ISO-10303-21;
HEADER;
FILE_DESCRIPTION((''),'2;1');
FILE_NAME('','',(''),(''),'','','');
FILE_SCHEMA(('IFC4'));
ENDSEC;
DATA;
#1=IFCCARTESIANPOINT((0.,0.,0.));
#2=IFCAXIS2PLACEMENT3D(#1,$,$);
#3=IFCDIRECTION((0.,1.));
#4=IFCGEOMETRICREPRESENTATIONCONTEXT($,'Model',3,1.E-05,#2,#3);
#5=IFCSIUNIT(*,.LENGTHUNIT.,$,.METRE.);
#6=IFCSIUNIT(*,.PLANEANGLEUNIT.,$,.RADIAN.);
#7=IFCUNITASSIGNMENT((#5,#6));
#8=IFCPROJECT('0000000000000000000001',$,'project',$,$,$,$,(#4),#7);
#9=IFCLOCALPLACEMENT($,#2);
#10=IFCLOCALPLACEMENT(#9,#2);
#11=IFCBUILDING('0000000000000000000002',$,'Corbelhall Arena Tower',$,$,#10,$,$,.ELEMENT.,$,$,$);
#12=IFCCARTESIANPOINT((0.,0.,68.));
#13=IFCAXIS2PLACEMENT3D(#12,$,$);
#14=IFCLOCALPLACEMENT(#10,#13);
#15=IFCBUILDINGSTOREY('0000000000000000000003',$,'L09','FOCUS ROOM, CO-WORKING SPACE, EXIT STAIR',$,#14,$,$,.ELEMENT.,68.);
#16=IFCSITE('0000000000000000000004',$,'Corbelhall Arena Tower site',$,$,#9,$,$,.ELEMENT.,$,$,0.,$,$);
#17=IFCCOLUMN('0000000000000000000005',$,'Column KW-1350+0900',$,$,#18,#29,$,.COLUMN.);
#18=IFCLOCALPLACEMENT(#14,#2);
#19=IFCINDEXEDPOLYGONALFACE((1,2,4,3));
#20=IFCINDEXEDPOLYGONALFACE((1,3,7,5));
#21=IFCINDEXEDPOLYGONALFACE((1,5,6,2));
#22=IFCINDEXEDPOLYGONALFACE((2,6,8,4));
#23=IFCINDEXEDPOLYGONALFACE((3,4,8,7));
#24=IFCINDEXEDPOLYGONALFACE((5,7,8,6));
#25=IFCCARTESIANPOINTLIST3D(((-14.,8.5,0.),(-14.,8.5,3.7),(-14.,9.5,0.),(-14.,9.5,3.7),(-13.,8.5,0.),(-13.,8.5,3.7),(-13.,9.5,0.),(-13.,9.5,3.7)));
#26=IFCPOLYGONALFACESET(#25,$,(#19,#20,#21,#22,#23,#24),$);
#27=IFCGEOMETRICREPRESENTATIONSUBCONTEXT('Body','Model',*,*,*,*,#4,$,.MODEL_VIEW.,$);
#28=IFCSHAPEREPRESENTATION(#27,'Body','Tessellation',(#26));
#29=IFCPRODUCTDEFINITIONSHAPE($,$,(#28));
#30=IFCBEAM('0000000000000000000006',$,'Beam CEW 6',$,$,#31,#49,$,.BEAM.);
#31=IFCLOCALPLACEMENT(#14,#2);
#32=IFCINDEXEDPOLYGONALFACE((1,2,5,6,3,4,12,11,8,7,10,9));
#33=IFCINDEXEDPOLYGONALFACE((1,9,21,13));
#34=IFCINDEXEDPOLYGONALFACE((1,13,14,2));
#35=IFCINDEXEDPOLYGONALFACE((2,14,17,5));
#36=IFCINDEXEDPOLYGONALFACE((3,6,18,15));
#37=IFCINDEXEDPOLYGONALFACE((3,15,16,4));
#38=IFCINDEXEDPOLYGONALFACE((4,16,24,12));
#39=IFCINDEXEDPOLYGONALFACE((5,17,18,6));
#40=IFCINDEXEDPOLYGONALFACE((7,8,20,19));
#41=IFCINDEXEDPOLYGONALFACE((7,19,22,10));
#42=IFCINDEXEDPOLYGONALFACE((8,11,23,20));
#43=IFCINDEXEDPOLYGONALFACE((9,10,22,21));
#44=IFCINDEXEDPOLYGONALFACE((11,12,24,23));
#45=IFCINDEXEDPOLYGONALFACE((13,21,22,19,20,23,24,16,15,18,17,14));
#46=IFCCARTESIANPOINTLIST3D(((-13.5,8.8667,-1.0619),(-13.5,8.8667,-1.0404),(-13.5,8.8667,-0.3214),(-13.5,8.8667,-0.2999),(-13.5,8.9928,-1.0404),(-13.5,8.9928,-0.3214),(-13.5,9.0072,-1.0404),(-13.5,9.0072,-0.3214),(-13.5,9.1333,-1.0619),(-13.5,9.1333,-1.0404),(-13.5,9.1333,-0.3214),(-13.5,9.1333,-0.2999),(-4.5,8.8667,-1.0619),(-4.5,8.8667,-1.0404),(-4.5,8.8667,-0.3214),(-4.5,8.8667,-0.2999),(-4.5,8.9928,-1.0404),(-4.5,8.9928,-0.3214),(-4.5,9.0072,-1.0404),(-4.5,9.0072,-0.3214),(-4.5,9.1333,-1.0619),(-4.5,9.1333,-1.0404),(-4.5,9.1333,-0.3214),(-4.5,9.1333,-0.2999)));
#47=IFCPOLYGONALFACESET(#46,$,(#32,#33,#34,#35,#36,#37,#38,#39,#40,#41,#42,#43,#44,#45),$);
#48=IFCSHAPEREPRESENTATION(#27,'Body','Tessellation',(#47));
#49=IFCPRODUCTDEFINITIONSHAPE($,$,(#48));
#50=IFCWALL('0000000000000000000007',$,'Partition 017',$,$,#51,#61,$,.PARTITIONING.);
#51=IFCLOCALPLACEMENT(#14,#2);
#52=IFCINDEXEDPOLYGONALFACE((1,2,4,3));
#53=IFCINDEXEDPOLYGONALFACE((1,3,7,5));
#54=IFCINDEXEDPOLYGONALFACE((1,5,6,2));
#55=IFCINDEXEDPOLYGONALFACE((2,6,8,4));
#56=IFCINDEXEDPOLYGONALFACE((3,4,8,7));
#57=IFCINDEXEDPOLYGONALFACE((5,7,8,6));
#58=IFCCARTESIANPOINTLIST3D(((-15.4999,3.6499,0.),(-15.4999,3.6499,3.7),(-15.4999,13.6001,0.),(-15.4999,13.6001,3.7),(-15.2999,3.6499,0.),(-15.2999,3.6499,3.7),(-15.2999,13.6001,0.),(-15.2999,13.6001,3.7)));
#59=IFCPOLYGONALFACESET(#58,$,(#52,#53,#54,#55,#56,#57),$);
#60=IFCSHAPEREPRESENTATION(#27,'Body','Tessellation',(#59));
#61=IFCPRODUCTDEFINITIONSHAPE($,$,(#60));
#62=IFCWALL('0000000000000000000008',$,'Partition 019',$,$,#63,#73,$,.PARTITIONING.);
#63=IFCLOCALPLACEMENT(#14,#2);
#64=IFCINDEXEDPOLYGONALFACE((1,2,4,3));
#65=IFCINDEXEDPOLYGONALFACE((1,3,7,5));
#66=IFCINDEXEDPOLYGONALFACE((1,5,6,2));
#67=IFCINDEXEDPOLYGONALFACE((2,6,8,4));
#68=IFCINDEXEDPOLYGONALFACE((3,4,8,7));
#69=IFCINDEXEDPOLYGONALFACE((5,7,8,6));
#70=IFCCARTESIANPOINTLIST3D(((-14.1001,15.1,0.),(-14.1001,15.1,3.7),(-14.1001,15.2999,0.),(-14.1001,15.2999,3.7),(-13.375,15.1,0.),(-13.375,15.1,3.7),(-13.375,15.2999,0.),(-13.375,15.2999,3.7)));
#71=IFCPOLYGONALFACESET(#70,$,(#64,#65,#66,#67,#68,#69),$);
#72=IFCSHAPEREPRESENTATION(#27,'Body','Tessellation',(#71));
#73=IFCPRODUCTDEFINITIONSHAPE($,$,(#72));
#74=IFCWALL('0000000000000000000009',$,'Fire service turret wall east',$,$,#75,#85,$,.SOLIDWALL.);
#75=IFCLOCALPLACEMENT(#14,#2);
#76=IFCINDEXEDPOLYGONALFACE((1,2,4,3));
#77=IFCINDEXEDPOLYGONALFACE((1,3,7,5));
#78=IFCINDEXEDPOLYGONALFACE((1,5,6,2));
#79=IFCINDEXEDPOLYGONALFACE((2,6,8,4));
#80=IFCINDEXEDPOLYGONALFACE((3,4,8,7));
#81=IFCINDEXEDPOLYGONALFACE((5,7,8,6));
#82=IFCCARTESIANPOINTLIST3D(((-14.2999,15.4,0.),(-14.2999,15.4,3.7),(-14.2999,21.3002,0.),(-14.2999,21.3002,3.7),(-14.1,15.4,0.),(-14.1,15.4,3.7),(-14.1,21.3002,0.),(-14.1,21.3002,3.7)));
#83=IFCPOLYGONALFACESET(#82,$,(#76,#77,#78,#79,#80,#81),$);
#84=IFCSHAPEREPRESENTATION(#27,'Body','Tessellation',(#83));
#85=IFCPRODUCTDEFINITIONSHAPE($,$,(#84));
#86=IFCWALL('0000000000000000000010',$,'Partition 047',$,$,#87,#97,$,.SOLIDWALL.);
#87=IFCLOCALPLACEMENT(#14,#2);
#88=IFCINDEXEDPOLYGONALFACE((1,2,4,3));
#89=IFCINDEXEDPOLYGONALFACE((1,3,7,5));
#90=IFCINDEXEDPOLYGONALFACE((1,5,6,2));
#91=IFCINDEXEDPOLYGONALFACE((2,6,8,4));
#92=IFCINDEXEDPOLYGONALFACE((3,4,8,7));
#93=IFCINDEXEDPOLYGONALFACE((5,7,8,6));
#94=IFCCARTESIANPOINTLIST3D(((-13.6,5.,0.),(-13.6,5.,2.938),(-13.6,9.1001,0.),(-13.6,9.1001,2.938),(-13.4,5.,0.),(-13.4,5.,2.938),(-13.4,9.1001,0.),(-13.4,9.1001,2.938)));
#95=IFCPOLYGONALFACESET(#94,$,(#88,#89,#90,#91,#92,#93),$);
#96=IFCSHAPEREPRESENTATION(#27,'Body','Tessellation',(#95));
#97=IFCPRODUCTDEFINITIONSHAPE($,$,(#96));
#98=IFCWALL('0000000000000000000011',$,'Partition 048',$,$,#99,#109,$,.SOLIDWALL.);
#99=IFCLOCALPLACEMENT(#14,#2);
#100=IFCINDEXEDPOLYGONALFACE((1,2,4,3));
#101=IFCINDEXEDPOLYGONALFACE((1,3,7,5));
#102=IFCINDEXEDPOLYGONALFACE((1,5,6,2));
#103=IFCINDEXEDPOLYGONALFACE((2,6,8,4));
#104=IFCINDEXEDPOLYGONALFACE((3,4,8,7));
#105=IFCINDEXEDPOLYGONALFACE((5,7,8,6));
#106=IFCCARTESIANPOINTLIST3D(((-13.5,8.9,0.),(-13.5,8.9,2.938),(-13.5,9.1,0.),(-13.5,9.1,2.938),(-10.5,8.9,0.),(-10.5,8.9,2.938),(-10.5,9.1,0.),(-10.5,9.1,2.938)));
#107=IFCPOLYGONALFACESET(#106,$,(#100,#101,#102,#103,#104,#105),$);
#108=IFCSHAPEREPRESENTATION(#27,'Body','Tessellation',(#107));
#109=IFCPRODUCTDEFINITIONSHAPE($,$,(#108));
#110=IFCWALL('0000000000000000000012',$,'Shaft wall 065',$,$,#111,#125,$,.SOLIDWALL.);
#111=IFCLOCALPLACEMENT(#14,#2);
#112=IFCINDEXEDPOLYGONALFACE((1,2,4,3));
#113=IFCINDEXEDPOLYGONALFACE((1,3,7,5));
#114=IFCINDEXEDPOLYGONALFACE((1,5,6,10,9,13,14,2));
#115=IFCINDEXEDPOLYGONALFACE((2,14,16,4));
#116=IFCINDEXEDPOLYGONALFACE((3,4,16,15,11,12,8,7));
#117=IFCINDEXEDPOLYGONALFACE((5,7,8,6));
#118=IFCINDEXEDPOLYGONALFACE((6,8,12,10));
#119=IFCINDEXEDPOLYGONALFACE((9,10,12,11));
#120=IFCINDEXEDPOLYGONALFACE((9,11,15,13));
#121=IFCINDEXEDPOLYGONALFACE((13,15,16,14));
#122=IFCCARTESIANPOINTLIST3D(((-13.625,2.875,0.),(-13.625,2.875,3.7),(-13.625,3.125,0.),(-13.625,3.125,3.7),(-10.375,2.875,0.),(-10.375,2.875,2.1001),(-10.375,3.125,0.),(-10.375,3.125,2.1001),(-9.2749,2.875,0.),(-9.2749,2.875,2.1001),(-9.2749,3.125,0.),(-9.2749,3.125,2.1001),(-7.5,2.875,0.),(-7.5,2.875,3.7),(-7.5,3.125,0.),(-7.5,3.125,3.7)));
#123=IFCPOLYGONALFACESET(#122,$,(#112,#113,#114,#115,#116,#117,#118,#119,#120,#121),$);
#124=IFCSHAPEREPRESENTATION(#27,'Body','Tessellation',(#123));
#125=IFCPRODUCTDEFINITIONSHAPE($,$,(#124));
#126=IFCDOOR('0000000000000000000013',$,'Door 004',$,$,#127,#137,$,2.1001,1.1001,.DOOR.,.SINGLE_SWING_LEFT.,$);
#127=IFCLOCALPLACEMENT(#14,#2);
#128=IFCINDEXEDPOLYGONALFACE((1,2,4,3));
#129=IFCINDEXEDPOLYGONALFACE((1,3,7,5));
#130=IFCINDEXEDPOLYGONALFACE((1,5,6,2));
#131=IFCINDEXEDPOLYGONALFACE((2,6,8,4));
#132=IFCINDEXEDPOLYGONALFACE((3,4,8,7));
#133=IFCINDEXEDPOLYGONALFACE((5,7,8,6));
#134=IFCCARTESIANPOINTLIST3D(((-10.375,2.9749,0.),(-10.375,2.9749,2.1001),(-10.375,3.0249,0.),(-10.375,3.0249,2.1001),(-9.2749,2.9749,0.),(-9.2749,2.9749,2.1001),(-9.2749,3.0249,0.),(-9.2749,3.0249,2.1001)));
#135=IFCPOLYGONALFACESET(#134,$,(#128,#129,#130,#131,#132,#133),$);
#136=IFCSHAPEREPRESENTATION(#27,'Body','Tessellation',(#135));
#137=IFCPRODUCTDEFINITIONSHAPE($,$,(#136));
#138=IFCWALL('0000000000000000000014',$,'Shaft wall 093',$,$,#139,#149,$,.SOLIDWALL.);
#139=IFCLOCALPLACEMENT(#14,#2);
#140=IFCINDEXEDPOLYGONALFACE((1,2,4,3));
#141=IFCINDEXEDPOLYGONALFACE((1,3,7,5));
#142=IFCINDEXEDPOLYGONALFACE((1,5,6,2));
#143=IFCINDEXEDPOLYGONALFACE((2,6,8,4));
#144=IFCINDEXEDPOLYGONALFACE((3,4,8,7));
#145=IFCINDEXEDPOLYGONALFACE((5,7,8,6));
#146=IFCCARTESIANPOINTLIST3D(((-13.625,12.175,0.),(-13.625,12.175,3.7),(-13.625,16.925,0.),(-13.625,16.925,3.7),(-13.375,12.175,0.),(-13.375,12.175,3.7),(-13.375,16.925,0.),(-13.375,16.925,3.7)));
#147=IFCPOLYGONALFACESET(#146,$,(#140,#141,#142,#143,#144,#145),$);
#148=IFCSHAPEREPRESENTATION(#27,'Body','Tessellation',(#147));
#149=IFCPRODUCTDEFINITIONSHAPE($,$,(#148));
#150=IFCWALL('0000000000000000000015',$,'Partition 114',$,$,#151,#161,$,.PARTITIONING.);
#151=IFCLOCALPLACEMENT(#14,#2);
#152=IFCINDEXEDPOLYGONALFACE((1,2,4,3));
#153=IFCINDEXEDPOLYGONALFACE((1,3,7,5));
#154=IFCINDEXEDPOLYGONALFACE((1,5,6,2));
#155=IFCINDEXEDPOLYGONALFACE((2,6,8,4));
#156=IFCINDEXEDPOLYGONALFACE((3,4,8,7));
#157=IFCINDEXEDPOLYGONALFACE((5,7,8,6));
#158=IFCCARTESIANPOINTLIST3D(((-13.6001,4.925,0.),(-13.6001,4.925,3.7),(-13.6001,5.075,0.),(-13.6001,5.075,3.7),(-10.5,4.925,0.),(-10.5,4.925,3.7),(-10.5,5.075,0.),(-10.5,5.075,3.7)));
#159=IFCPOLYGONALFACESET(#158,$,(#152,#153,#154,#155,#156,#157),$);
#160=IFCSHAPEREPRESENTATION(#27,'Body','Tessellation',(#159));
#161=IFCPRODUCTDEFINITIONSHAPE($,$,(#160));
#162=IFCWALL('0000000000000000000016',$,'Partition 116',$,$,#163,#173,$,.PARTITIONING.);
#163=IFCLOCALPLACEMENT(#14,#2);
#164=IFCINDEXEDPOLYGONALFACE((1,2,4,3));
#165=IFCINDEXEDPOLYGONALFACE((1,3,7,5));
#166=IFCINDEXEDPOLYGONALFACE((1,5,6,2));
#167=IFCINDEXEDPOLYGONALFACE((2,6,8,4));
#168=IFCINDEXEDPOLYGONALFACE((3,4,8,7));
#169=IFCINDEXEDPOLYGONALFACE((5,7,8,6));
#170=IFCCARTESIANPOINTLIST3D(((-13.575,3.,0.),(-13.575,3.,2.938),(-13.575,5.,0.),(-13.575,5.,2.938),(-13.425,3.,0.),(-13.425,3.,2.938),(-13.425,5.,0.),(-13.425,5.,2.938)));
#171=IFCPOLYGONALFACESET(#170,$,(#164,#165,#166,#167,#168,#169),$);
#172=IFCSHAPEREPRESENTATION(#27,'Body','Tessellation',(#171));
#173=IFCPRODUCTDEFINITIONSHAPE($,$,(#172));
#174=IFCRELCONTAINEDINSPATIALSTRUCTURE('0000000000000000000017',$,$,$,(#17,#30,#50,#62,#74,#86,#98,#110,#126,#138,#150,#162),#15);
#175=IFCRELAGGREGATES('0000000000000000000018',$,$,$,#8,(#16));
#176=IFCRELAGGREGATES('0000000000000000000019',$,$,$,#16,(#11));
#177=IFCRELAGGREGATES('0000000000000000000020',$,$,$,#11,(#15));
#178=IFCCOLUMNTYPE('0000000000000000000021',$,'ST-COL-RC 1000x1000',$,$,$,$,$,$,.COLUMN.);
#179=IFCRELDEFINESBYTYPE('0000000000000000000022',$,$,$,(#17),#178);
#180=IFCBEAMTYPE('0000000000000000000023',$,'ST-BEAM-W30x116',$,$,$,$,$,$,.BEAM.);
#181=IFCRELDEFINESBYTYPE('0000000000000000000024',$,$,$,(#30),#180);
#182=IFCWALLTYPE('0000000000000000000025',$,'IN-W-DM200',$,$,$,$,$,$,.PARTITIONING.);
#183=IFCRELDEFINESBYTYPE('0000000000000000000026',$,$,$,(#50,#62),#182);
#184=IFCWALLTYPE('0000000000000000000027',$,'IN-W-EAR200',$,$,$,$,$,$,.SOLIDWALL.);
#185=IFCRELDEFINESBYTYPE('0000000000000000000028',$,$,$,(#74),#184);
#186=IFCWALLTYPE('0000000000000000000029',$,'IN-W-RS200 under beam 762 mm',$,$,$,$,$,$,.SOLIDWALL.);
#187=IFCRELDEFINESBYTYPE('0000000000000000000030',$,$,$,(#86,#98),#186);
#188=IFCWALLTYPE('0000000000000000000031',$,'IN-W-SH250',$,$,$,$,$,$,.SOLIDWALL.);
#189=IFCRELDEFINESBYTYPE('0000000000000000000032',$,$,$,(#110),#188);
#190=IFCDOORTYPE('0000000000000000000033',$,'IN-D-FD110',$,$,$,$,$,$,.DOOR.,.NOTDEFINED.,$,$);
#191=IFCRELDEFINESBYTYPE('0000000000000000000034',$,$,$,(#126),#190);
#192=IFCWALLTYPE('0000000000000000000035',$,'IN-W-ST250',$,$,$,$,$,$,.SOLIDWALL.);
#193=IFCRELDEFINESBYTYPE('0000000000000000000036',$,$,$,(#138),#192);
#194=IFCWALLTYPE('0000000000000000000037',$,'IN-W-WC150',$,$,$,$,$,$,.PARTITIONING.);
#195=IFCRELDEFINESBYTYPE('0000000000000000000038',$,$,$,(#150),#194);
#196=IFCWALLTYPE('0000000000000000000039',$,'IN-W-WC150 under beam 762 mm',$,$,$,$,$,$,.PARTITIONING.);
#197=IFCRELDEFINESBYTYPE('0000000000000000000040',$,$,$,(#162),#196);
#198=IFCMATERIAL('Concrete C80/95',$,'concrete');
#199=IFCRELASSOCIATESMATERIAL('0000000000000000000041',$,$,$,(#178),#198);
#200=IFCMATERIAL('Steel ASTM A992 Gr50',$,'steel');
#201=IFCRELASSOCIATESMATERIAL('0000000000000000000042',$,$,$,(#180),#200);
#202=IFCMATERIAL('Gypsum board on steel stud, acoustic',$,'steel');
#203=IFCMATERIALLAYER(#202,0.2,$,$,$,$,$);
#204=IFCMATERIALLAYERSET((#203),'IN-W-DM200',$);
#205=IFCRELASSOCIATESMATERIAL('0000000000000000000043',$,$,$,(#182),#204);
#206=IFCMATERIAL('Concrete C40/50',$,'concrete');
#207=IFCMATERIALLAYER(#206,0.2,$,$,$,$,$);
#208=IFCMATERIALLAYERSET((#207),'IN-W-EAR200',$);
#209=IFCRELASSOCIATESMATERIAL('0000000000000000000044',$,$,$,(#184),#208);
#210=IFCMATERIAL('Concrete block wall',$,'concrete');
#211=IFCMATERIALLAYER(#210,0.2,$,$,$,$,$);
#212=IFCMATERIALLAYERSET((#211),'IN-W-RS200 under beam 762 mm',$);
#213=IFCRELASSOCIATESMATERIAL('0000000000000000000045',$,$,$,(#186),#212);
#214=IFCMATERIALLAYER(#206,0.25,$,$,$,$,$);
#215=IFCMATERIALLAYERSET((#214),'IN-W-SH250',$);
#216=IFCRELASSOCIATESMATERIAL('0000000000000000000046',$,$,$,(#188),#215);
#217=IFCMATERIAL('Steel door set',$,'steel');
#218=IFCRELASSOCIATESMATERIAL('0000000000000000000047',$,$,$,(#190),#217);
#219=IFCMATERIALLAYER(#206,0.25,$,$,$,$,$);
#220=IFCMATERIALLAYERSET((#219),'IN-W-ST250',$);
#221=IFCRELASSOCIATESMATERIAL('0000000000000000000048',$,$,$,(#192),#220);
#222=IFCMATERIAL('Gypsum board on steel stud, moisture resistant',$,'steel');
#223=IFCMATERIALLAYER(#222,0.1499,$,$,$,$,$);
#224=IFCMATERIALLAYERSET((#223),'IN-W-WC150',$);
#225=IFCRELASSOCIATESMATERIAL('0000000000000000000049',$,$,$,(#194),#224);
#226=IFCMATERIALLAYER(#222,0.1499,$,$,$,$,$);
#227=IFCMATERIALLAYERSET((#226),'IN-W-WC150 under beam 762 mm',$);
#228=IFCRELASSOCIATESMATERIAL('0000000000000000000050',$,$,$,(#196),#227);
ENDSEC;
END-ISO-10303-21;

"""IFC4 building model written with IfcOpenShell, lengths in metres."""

from ifc_helpers import new_model, si_unit, direction, frame, frame_2d, origin, origin_2d, place, context, subcontext, project, spatial, rectangle, i_section, extrude, material, layer, layer_set, material_profile, profile_set, type_object, element, fill, save


model = new_model("IFC4")

# Units and contexts
model_context = context("Model", 3, precision=1e-05, world=origin(), true_north=direction((0.0, 1.0)))
body_context = subcontext(model_context, "Body", "Model", "MODEL_VIEW")
ifc_project = project(units=[si_unit("LENGTHUNIT", "METRE"), si_unit("PLANEANGLEUNIT", "RADIAN")], contexts=[model_context])

# Site, building, storey
site_placement = place(None, origin())
site = spatial("IfcSite", under=ifc_project, at=site_placement, Name="Corbelhall Arena Tower site", CompositionType="ELEMENT", RefElevation=0.0)
building_placement = place(site_placement, origin())
building = spatial("IfcBuilding", under=site, at=building_placement, Name="Corbelhall Arena Tower", CompositionType="ELEMENT")
storey_placement = place(building_placement, frame((0.0, 0.0, 68.0)))
storey = spatial("IfcBuildingStorey", under=building, at=storey_placement, Name="L09", Description="FOCUS ROOM, CO-WORKING SPACE, EXIT STAIR", CompositionType="ELEMENT", Elevation=68.0)

# Column
ifc_material_1 = material(Name="Concrete C80/95", Category="concrete")
ifc_material_profile_1 = material_profile(ifc_material_1, rectangle(XDim=1.0, YDim=1.0, at=origin_2d()))
ifc_profile_set_1 = profile_set([ifc_material_profile_1], Name="Concrete C80/95")
column_type = type_object("IfcColumnType", Name="ST-COL-RC 1000x1000", PredefinedType="COLUMN", material=ifc_profile_set_1)
column_placement = place(storey_placement, frame((-13.5, 9.0, 0.0), z_axis=(0.0, 0.0, 1.0), x_axis=(1.0, 0.0, 0.0)))
element("IfcColumn", 1, at=column_placement, inside=storey, type_object=column_type, Name="Column KW-1350+0900", PredefinedType="COLUMN", context=body_context, shape_type="SweptSolid", body=[
    extrude(rectangle(XDim=1.0, YDim=1.0, at=origin_2d()), origin(), (0.0, 0.0, 1.0), 3.7),
])

# Beam
ifc_material_2 = material(Name="Steel ASTM A992 Gr50", Category="steel")
ifc_material_profile_2 = material_profile(ifc_material_2, i_section(OverallWidth=0.2666, OverallDepth=0.762, WebThickness=0.0144, FlangeThickness=0.0215, at=origin_2d()))
ifc_profile_set_2 = profile_set([ifc_material_profile_2], Name="Steel ASTM A992 Gr50")
beam_type = type_object("IfcBeamType", Name="ST-BEAM-W30x116", PredefinedType="BEAM", material=ifc_profile_set_2)
beam_placement = place(storey_placement, frame((-13.5, 9.0, -0.6809), z_axis=(1.0, 0.0, 0.0), x_axis=(0.0, 1.0, 0.0)))
element("IfcBeam", 2, at=beam_placement, inside=storey, type_object=beam_type, Name="Beam CEW 6", PredefinedType="BEAM", context=body_context, shape_type="SweptSolid", body=[
    extrude(i_section(OverallWidth=0.2666, OverallDepth=0.762, WebThickness=0.0144, FlangeThickness=0.0215, at=origin_2d()), origin(), (0.0, 0.0, 1.0), 9.0),
])

# Wall
ifc_material_3 = material(Name="Gypsum board on steel stud, acoustic", Category="steel")
ifc_layer_1 = layer(ifc_material_3, 0.2)
ifc_layer_set_1 = layer_set([ifc_layer_1], Name="IN-W-DM200")
wall_type_1 = type_object("IfcWallType", Name="IN-W-DM200", PredefinedType="PARTITIONING", material=ifc_layer_set_1)
wall_1_placement = place(storey_placement, frame((-15.3999, 3.6499, 0.0), z_axis=(0.0, 0.0, 1.0), x_axis=(0.0, 1.0, 0.0)))
element("IfcWall", 3, at=wall_1_placement, inside=storey, type_object=wall_type_1, Name="Partition 017", PredefinedType="PARTITIONING", context=body_context, shape_type="SweptSolid", body=[
    extrude(rectangle(XDim=9.9502, YDim=0.2, at=frame_2d((4.9751, 0.0))), origin(), (0.0, 0.0, 1.0), 3.7),
])

# Shared definitions
ifc_material_4 = material(Name="Steel door set", Category="steel")

# Walls
wall_2_placement = place(storey_placement, frame((-14.1001, 15.2, 0.0), z_axis=(0.0, 0.0, 1.0), x_axis=(1.0, 0.0, 0.0)))
element("IfcWall", 4, at=wall_2_placement, inside=storey, type_object=wall_type_1, Name="Partition 019", PredefinedType="PARTITIONING", context=body_context, shape_type="SweptSolid", body=[
    extrude(rectangle(XDim=0.7251, YDim=0.2, at=frame_2d((0.3625, 0.0))), origin(), (0.0, 0.0, 1.0), 3.7),
])
ifc_material_5 = material(Name="Concrete C40/50", Category="concrete")
ifc_layer_2 = layer(ifc_material_5, 0.2)
ifc_layer_set_2 = layer_set([ifc_layer_2], Name="IN-W-EAR200")
wall_type_2 = type_object("IfcWallType", Name="IN-W-EAR200", PredefinedType="SOLIDWALL", material=ifc_layer_set_2)
wall_3_placement = place(storey_placement, frame((-14.2, 15.3999, 0.0), z_axis=(0.0, 0.0, 1.0), x_axis=(0.0, 1.0, 0.0)))
element("IfcWall", 5, at=wall_3_placement, inside=storey, type_object=wall_type_2, Name="Fire service turret wall east", PredefinedType="SOLIDWALL", context=body_context, shape_type="SweptSolid", body=[
    extrude(rectangle(XDim=5.9001, YDim=0.2, at=frame_2d((2.9502, 0.0))), origin(), (0.0, 0.0, 1.0), 3.7),
])

# Walls
ifc_material_6 = material(Name="Concrete block wall", Category="concrete")
ifc_layer_3 = layer(ifc_material_6, 0.2)
ifc_layer_set_3 = layer_set([ifc_layer_3], Name="IN-W-RS200 under beam 762 mm")
wall_type_3 = type_object("IfcWallType", Name="IN-W-RS200 under beam 762 mm", PredefinedType="SOLIDWALL", material=ifc_layer_set_3)
wall_4_placement = place(storey_placement, frame((-13.5, 5.0, 0.0), z_axis=(0.0, 0.0, 1.0), x_axis=(0.0, 1.0, 0.0)))
element("IfcWall", 6, at=wall_4_placement, inside=storey, type_object=wall_type_3, Name="Partition 047", PredefinedType="SOLIDWALL", context=body_context, shape_type="SweptSolid", body=[
    extrude(rectangle(XDim=4.1001, YDim=0.2, at=frame_2d((2.05, 0.0))), origin(), (0.0, 0.0, 1.0), 2.938),
])
wall_5_placement = place(storey_placement, frame((-13.5, 9.0, 0.0), z_axis=(0.0, 0.0, 1.0), x_axis=(1.0, 0.0, 0.0)))
element("IfcWall", 7, at=wall_5_placement, inside=storey, type_object=wall_type_3, Name="Partition 048", PredefinedType="SOLIDWALL", context=body_context, shape_type="SweptSolid", body=[
    extrude(rectangle(XDim=3.0, YDim=0.2, at=frame_2d((1.5, 0.0))), origin(), (0.0, 0.0, 1.0), 2.938),
])

# Wall, opening, door
ifc_layer_4 = layer(ifc_material_5, 0.25)
ifc_layer_set_4 = layer_set([ifc_layer_4], Name="IN-W-SH250")
wall_type_4 = type_object("IfcWallType", Name="IN-W-SH250", PredefinedType="SOLIDWALL", material=ifc_layer_set_4)
wall_6_placement = place(storey_placement, frame((-13.625, 3.0, 0.0), z_axis=(0.0, 0.0, 1.0), x_axis=(1.0, 0.0, 0.0)))
wall_6 = element("IfcWall", 8, at=wall_6_placement, inside=storey, type_object=wall_type_4, Name="Shaft wall 065", PredefinedType="SOLIDWALL", context=body_context, shape_type="SweptSolid", body=[
    extrude(rectangle(XDim=6.125, YDim=0.25, at=frame_2d((3.0625, 0.0))), origin(), (0.0, 0.0, 1.0), 3.7),
])
opening_1_placement = place(wall_6_placement, frame((3.25, 0.0, 0.0)))
opening_1 = element("IfcOpeningElement", 9, at=opening_1_placement, cuts=wall_6, PredefinedType="OPENING", context=body_context, shape_type="SweptSolid", body=[
    extrude(rectangle(XDim=1.1001, YDim=2.1001, at=frame_2d((0.55, 1.05))), frame((0.0, 0.125, 0.0), z_axis=(0.0, -1.0, 0.0), x_axis=(1.0, 0.0, 0.0)), (0.0, 0.0, 1.0), 0.25),
])
door_type_1 = type_object("IfcDoorType", Name="IN-D-FD110", OperationType="NOTDEFINED", PredefinedType="DOOR", material=ifc_material_4)
door_1_placement = place(opening_1_placement, origin())
door_1 = element("IfcDoor", 10, at=door_1_placement, inside=storey, type_object=door_type_1, Name="Door 004", OperationType="SINGLE_SWING_LEFT", OverallHeight=2.1001, OverallWidth=1.1001, PredefinedType="DOOR", context=body_context, shape_type="SweptSolid", body=[
    extrude(rectangle(XDim=1.1001, YDim=2.1001, at=frame_2d((0.55, 1.05))), frame((0.0, 0.0249, 0.0), z_axis=(0.0, -1.0, 0.0), x_axis=(1.0, 0.0, 0.0)), (0.0, 0.0, 1.0), 0.05),
])
fill(opening_1, door_1)

# Walls
ifc_layer_5 = layer(ifc_material_5, 0.25)
ifc_layer_set_5 = layer_set([ifc_layer_5], Name="IN-W-ST250")
wall_type_5 = type_object("IfcWallType", Name="IN-W-ST250", PredefinedType="SOLIDWALL", material=ifc_layer_set_5)
wall_7_placement = place(storey_placement, frame((-13.5, 12.175, 0.0), z_axis=(0.0, 0.0, 1.0), x_axis=(0.0, 1.0, 0.0)))
element("IfcWall", 11, at=wall_7_placement, inside=storey, type_object=wall_type_5, Name="Shaft wall 093", PredefinedType="SOLIDWALL", context=body_context, shape_type="SweptSolid", body=[
    extrude(rectangle(XDim=4.75, YDim=0.25, at=frame_2d((2.375, 0.0))), origin(), (0.0, 0.0, 1.0), 3.7),
])
ifc_material_7 = material(Name="Gypsum board on steel stud, moisture resistant", Category="steel")
ifc_layer_6 = layer(ifc_material_7, 0.1499)
ifc_layer_set_6 = layer_set([ifc_layer_6], Name="IN-W-WC150")
wall_type_6 = type_object("IfcWallType", Name="IN-W-WC150", PredefinedType="PARTITIONING", material=ifc_layer_set_6)
wall_8_placement = place(storey_placement, frame((-13.6001, 5.0, 0.0), z_axis=(0.0, 0.0, 1.0), x_axis=(1.0, 0.0, 0.0)))
element("IfcWall", 12, at=wall_8_placement, inside=storey, type_object=wall_type_6, Name="Partition 114", PredefinedType="PARTITIONING", context=body_context, shape_type="SweptSolid", body=[
    extrude(rectangle(XDim=3.1001, YDim=0.1499, at=frame_2d((1.55, 0.0))), origin(), (0.0, 0.0, 1.0), 3.7),
])
ifc_layer_7 = layer(ifc_material_7, 0.1499)
ifc_layer_set_7 = layer_set([ifc_layer_7], Name="IN-W-WC150 under beam 762 mm")
wall_type_7 = type_object("IfcWallType", Name="IN-W-WC150 under beam 762 mm", PredefinedType="PARTITIONING", material=ifc_layer_set_7)
wall_9_placement = place(storey_placement, frame((-13.5, 3.0, 0.0), z_axis=(0.0, 0.0, 1.0), x_axis=(0.0, 1.0, 0.0)))
element("IfcWall", 13, at=wall_9_placement, inside=storey, type_object=wall_type_7, Name="Partition 116", PredefinedType="PARTITIONING", context=body_context, shape_type="SweptSolid", body=[
    extrude(rectangle(XDim=2.0, YDim=0.1499, at=frame_2d((1.0, 0.0))), origin(), (0.0, 0.0, 1.0), 2.938),
])

save(model, "model.ifc")
